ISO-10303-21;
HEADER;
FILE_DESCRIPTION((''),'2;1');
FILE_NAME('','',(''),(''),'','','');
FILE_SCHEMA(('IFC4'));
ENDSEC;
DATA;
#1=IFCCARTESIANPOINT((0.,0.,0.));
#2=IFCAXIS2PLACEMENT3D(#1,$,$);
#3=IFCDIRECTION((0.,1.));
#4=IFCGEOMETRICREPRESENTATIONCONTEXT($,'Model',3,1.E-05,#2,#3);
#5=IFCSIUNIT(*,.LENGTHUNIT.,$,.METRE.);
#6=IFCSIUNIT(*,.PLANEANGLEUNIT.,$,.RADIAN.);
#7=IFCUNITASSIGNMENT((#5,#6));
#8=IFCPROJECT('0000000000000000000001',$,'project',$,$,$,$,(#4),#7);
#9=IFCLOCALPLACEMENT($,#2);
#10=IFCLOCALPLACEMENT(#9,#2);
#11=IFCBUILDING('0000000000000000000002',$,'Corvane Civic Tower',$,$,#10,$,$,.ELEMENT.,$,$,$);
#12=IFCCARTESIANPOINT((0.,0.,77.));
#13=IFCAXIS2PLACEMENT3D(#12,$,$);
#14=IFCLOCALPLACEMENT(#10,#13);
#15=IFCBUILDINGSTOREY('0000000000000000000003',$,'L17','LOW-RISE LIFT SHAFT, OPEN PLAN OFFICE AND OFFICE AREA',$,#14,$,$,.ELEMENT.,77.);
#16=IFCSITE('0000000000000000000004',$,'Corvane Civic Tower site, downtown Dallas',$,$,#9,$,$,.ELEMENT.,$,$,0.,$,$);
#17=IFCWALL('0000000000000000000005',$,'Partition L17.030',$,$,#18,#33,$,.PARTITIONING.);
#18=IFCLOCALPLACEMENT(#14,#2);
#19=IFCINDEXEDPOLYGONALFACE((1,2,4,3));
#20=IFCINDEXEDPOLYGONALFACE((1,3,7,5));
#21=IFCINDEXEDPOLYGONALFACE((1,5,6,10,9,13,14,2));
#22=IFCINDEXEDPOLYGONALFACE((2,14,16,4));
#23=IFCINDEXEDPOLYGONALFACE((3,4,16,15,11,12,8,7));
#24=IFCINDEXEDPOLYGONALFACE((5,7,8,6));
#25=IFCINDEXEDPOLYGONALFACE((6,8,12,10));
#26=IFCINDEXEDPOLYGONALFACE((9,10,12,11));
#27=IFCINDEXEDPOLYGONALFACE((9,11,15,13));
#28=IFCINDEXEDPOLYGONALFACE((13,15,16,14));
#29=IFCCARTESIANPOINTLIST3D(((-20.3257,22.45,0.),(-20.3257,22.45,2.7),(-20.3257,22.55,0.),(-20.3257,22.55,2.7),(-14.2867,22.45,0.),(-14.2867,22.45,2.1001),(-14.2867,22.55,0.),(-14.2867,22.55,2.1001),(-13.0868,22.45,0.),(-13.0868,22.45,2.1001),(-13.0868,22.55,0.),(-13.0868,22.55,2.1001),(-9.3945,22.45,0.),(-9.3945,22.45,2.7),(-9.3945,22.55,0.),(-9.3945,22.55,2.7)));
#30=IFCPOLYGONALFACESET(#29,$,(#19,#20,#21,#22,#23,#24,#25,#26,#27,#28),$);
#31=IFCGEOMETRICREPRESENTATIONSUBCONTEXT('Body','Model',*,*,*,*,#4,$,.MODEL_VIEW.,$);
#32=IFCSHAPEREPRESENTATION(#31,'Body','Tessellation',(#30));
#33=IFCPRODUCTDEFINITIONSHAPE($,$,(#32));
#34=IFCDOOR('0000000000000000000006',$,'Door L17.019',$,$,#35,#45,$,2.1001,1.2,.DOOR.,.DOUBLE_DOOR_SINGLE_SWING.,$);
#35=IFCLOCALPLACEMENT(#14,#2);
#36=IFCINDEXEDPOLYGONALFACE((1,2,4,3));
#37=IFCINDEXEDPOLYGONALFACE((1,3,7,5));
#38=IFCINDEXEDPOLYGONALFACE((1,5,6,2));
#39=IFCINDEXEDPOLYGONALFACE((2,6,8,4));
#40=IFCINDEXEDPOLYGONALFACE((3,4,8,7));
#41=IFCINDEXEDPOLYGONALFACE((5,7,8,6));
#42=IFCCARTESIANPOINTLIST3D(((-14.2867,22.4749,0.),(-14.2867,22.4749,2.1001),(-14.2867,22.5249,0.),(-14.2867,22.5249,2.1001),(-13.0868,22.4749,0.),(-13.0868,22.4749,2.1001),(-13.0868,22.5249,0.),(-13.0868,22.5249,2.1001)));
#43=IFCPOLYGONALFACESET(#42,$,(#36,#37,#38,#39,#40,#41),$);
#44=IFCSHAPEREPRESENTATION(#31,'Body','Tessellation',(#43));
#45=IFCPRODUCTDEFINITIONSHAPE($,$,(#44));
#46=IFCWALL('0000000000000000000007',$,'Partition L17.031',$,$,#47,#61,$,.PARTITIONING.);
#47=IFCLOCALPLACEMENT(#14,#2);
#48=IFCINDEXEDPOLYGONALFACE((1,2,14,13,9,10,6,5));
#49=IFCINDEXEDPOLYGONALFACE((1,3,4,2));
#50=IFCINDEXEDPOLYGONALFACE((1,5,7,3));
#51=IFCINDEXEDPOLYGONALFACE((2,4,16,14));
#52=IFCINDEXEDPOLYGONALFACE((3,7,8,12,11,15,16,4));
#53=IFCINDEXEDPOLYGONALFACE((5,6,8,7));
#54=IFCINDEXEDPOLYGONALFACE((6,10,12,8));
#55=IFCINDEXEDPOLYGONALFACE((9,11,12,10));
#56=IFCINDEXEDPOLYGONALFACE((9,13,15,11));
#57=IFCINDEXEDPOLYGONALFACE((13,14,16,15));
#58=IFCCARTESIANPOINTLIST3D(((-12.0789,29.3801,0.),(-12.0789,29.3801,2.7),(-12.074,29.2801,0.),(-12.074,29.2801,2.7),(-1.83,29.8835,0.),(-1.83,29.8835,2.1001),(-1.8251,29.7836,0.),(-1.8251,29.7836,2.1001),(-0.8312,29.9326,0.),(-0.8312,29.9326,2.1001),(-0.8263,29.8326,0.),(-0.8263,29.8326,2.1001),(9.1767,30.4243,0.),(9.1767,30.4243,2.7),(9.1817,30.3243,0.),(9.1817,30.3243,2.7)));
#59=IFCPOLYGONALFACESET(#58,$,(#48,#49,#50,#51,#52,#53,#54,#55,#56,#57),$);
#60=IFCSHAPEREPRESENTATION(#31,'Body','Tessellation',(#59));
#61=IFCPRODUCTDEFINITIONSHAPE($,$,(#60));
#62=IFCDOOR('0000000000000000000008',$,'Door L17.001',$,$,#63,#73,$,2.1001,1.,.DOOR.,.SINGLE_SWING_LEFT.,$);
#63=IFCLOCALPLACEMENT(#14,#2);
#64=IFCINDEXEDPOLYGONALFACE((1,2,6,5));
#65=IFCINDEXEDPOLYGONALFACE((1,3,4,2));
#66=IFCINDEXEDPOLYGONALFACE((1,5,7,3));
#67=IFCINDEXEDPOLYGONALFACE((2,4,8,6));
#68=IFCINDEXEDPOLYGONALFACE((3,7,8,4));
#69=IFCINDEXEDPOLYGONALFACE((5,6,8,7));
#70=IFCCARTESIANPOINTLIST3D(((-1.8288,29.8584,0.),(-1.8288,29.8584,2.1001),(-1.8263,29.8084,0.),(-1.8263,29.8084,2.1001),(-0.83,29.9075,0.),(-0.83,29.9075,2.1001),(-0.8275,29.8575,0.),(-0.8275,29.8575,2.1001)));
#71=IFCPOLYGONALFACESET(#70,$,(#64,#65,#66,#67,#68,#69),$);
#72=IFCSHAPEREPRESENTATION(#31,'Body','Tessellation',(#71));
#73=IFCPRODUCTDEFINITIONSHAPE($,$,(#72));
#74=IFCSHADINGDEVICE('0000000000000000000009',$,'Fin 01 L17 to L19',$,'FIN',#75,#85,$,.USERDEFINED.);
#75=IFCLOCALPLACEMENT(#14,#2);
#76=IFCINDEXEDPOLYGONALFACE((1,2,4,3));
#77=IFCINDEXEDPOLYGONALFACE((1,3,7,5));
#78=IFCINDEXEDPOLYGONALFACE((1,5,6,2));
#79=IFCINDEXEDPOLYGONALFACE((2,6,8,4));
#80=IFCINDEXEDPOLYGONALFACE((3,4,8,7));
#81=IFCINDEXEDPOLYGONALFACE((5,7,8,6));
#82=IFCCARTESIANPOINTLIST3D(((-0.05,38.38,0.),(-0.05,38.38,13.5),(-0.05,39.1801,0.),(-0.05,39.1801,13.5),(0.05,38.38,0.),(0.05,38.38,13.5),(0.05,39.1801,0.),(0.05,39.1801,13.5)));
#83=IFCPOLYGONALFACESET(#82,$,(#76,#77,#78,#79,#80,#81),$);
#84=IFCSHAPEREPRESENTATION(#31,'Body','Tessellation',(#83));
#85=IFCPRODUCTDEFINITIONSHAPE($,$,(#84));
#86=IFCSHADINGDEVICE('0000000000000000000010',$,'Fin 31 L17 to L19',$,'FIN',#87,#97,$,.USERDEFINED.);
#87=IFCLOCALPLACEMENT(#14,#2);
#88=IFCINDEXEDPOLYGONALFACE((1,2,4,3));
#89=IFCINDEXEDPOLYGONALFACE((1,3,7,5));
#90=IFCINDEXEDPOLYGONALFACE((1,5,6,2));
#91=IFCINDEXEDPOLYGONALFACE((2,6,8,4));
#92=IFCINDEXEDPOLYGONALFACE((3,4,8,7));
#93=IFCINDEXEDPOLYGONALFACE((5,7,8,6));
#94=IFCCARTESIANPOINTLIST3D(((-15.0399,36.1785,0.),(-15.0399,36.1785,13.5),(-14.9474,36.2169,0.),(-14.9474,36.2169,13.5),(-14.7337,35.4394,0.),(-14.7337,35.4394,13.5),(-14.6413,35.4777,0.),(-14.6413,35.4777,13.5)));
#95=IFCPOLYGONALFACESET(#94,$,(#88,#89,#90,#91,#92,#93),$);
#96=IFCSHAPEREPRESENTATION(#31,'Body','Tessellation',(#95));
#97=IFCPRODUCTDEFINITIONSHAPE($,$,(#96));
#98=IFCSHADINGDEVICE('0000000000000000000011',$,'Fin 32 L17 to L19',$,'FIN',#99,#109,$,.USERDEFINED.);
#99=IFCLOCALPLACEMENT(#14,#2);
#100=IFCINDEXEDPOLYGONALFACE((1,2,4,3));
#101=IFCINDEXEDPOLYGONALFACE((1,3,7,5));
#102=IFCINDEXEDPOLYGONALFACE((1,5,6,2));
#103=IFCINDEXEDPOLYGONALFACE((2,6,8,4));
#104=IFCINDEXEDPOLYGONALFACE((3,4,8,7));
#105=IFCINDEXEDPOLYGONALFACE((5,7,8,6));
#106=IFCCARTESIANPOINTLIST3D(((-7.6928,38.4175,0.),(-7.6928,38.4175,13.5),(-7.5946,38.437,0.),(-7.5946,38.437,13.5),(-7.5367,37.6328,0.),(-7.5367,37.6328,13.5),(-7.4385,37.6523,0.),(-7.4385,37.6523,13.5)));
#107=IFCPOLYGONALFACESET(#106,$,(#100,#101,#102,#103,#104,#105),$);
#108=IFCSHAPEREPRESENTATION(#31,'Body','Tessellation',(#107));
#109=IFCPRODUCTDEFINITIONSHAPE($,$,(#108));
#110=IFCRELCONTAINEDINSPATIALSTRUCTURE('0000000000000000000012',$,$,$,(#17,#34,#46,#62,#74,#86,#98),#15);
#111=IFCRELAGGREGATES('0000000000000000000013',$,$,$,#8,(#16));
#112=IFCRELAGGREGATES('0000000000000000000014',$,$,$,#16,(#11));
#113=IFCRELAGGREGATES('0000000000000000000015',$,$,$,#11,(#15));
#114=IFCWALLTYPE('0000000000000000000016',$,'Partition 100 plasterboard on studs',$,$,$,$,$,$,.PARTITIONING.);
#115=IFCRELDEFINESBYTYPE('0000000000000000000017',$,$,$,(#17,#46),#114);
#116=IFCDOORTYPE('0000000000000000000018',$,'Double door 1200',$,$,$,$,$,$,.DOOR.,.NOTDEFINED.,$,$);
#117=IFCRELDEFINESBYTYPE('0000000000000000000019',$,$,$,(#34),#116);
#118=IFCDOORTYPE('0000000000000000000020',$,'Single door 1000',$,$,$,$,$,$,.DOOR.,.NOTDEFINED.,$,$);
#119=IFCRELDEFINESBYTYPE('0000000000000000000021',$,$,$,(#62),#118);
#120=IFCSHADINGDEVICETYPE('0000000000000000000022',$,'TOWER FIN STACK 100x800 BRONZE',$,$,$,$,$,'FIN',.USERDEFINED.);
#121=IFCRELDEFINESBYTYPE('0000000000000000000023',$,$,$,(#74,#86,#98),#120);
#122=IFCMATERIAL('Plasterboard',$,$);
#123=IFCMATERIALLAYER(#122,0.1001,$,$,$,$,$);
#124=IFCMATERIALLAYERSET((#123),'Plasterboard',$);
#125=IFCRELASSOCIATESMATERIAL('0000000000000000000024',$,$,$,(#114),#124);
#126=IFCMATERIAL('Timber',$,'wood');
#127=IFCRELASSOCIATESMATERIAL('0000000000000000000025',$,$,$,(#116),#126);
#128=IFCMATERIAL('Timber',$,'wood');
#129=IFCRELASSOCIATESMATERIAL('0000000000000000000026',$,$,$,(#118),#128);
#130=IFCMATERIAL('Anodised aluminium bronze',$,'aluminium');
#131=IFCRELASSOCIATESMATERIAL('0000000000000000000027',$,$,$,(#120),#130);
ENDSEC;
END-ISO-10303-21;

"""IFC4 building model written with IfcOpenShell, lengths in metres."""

from ifc_helpers import new_model, si_unit, direction, frame, frame_2d, origin, origin_2d, place, context, subcontext, project, spatial, rectangle, extrude, material, layer, layer_set, material_profile, profile_set, type_object, element, fill, save


model = new_model("IFC4")

# Units and contexts
model_context = context("Model", 3, precision=1e-05, world=origin(), true_north=direction((0.0, 1.0)))
body_context = subcontext(model_context, "Body", "Model", "MODEL_VIEW")
ifc_project = project(units=[si_unit("LENGTHUNIT", "METRE"), si_unit("PLANEANGLEUNIT", "RADIAN")], contexts=[model_context])

# Site, building, storey
site_placement = place(None, origin())
site = spatial("IfcSite", under=ifc_project, at=site_placement, Name="Corvane Civic Tower site, downtown Dallas", CompositionType="ELEMENT", RefElevation=0.0)
building_placement = place(site_placement, origin())
building = spatial("IfcBuilding", under=site, at=building_placement, Name="Corvane Civic Tower", CompositionType="ELEMENT")
storey_placement = place(building_placement, frame((0.0, 0.0, 77.0)))
storey = spatial("IfcBuildingStorey", under=building, at=storey_placement, Name="L17", Description="LOW-RISE LIFT SHAFT, OPEN PLAN OFFICE AND OFFICE AREA", CompositionType="ELEMENT", Elevation=77.0)

# Shared definitions
ifc_material_1 = material(Name="Plasterboard")
ifc_layer_1 = layer(ifc_material_1, 0.1001)
ifc_layer_set_1 = layer_set([ifc_layer_1], Name="Plasterboard")
wall_type = type_object("IfcWallType", Name="Partition 100 plasterboard on studs", PredefinedType="PARTITIONING", material=ifc_layer_set_1)

# Walls, openings, doors
wall_1_placement = place(storey_placement, frame((-20.3257, 22.5, 0.0), z_axis=(0.0, 0.0, 1.0), x_axis=(1.0, 0.0, 0.0)))
wall_1 = element("IfcWall", 1, at=wall_1_placement, inside=storey, type_object=wall_type, Name="Partition L17.030", PredefinedType="PARTITIONING", context=body_context, shape_type="SweptSolid", body=[
    extrude(rectangle(XDim=10.9312, YDim=0.1001, at=frame_2d((5.4656, 0.0))), origin(), (0.0, 0.0, 1.0), 2.7),
])
opening_1_placement = place(wall_1_placement, frame((6.0388, 0.0, 0.0)))
opening_1 = element("IfcOpeningElement", 2, at=opening_1_placement, cuts=wall_1, PredefinedType="OPENING", context=body_context, shape_type="SweptSolid", body=[
    extrude(rectangle(XDim=1.2, YDim=2.1001, at=frame_2d((0.6001, 1.05))), frame((0.0, 0.0601, 0.0), z_axis=(0.0, -1.0, 0.0), x_axis=(1.0, 0.0, 0.0)), (0.0, 0.0, 1.0), 0.1201),
])
ifc_material_2 = material(Name="Timber", Category="wood")
door_type_1 = type_object("IfcDoorType", Name="Double door 1200", OperationType="NOTDEFINED", PredefinedType="DOOR", material=ifc_material_2)
door_1_placement = place(opening_1_placement, origin())
door_1 = element("IfcDoor", 3, at=door_1_placement, inside=storey, type_object=door_type_1, Name="Door L17.019", OperationType="DOUBLE_DOOR_SINGLE_SWING", OverallHeight=2.1001, OverallWidth=1.2, PredefinedType="DOOR", context=body_context, shape_type="SweptSolid", body=[
    extrude(rectangle(XDim=1.2, YDim=2.1001, at=frame_2d((0.6001, 1.05))), frame((0.0, 0.0249, 0.0), z_axis=(0.0, -1.0, 0.0), x_axis=(1.0, 0.0, 0.0)), (0.0, 0.0, 1.0), 0.05),
])
fill(opening_1, door_1)
wall_2_placement = place(storey_placement, frame((-12.0764, 29.3301, 0.0), z_axis=(0.0, 0.0, 1.0), x_axis=(0.998796, 0.049066, 0.0)))
wall_2 = element("IfcWall", 4, at=wall_2_placement, inside=storey, type_object=wall_type, Name="Partition L17.031", PredefinedType="PARTITIONING", context=body_context, shape_type="SweptSolid", body=[
    extrude(rectangle(XDim=21.2812, YDim=0.1001, at=frame_2d((10.6406, 0.0))), origin(), (0.0, 0.0, 1.0), 2.7),
])
opening_2_placement = place(wall_2_placement, frame((10.2612, 0.0, 0.0)))
opening_2 = element("IfcOpeningElement", 5, at=opening_2_placement, cuts=wall_2, PredefinedType="OPENING", context=body_context, shape_type="SweptSolid", body=[
    extrude(rectangle(XDim=1.0, YDim=2.1001, at=frame_2d((0.5, 1.05))), frame((0.0, 0.0601, 0.0), z_axis=(0.0, -1.0, 0.0), x_axis=(1.0, 0.0, 0.0)), (0.0, 0.0, 1.0), 0.1201),
])
ifc_material_3 = material(Name="Timber", Category="wood")
door_type_2 = type_object("IfcDoorType", Name="Single door 1000", OperationType="NOTDEFINED", PredefinedType="DOOR", material=ifc_material_3)
door_2_placement = place(opening_2_placement, origin())
door_2 = element("IfcDoor", 6, at=door_2_placement, inside=storey, type_object=door_type_2, Name="Door L17.001", OperationType="SINGLE_SWING_LEFT", OverallHeight=2.1001, OverallWidth=1.0, PredefinedType="DOOR", context=body_context, shape_type="SweptSolid", body=[
    extrude(rectangle(XDim=1.0, YDim=2.1001, at=frame_2d((0.5, 1.05))), frame((0.0, 0.0249, 0.0), z_axis=(0.0, -1.0, 0.0), x_axis=(1.0, 0.0, 0.0)), (0.0, 0.0, 1.0), 0.05),
])
fill(opening_2, door_2)

# Shading devices
ifc_material_4 = material(Name="Anodised aluminium bronze", Category="aluminium")
ifc_material_profile_1 = material_profile(ifc_material_4, rectangle(XDim=0.1001, YDim=0.8, at=origin_2d()), Name="TOWER FIN STACK 100x800 BRONZE")
ifc_profile_set_1 = profile_set([ifc_material_profile_1], Name="Anodised aluminium bronze")
shading_device_type = type_object("IfcShadingDeviceType", Name="TOWER FIN STACK 100x800 BRONZE", ElementType="FIN", PredefinedType="USERDEFINED", material=ifc_profile_set_1)
for number, where, z_axis, x_axis, name in (
    (7, (0.0, 38.78, 0.0), (0.0, 0.0, 1.0), (1.0, 0.0, 0.0), "Fin 01 L17 to L19"),
    (8, (-14.8406, 35.8281, 0.0), (0.0, 0.0, 1.0), (0.92388, 0.382683, 0.0), "Fin 31 L17 to L19"),
    (9, (-7.5657, 38.0349, 0.0), (0.0, 0.0, 1.0), (0.980785, 0.19509, 0.0), "Fin 32 L17 to L19"),
):
    element("IfcShadingDevice", number, at=place(storey_placement, frame(where, z_axis=z_axis, x_axis=x_axis)), inside=storey, type_object=shading_device_type, Name=name, ObjectType="FIN", PredefinedType="USERDEFINED", context=body_context, shape_type="SweptSolid", body=[
        extrude(rectangle(XDim=0.1001, YDim=0.8, at=origin_2d()), origin(), (0.0, 0.0, 1.0), 13.5),
    ])

save(model, "model.ifc")
